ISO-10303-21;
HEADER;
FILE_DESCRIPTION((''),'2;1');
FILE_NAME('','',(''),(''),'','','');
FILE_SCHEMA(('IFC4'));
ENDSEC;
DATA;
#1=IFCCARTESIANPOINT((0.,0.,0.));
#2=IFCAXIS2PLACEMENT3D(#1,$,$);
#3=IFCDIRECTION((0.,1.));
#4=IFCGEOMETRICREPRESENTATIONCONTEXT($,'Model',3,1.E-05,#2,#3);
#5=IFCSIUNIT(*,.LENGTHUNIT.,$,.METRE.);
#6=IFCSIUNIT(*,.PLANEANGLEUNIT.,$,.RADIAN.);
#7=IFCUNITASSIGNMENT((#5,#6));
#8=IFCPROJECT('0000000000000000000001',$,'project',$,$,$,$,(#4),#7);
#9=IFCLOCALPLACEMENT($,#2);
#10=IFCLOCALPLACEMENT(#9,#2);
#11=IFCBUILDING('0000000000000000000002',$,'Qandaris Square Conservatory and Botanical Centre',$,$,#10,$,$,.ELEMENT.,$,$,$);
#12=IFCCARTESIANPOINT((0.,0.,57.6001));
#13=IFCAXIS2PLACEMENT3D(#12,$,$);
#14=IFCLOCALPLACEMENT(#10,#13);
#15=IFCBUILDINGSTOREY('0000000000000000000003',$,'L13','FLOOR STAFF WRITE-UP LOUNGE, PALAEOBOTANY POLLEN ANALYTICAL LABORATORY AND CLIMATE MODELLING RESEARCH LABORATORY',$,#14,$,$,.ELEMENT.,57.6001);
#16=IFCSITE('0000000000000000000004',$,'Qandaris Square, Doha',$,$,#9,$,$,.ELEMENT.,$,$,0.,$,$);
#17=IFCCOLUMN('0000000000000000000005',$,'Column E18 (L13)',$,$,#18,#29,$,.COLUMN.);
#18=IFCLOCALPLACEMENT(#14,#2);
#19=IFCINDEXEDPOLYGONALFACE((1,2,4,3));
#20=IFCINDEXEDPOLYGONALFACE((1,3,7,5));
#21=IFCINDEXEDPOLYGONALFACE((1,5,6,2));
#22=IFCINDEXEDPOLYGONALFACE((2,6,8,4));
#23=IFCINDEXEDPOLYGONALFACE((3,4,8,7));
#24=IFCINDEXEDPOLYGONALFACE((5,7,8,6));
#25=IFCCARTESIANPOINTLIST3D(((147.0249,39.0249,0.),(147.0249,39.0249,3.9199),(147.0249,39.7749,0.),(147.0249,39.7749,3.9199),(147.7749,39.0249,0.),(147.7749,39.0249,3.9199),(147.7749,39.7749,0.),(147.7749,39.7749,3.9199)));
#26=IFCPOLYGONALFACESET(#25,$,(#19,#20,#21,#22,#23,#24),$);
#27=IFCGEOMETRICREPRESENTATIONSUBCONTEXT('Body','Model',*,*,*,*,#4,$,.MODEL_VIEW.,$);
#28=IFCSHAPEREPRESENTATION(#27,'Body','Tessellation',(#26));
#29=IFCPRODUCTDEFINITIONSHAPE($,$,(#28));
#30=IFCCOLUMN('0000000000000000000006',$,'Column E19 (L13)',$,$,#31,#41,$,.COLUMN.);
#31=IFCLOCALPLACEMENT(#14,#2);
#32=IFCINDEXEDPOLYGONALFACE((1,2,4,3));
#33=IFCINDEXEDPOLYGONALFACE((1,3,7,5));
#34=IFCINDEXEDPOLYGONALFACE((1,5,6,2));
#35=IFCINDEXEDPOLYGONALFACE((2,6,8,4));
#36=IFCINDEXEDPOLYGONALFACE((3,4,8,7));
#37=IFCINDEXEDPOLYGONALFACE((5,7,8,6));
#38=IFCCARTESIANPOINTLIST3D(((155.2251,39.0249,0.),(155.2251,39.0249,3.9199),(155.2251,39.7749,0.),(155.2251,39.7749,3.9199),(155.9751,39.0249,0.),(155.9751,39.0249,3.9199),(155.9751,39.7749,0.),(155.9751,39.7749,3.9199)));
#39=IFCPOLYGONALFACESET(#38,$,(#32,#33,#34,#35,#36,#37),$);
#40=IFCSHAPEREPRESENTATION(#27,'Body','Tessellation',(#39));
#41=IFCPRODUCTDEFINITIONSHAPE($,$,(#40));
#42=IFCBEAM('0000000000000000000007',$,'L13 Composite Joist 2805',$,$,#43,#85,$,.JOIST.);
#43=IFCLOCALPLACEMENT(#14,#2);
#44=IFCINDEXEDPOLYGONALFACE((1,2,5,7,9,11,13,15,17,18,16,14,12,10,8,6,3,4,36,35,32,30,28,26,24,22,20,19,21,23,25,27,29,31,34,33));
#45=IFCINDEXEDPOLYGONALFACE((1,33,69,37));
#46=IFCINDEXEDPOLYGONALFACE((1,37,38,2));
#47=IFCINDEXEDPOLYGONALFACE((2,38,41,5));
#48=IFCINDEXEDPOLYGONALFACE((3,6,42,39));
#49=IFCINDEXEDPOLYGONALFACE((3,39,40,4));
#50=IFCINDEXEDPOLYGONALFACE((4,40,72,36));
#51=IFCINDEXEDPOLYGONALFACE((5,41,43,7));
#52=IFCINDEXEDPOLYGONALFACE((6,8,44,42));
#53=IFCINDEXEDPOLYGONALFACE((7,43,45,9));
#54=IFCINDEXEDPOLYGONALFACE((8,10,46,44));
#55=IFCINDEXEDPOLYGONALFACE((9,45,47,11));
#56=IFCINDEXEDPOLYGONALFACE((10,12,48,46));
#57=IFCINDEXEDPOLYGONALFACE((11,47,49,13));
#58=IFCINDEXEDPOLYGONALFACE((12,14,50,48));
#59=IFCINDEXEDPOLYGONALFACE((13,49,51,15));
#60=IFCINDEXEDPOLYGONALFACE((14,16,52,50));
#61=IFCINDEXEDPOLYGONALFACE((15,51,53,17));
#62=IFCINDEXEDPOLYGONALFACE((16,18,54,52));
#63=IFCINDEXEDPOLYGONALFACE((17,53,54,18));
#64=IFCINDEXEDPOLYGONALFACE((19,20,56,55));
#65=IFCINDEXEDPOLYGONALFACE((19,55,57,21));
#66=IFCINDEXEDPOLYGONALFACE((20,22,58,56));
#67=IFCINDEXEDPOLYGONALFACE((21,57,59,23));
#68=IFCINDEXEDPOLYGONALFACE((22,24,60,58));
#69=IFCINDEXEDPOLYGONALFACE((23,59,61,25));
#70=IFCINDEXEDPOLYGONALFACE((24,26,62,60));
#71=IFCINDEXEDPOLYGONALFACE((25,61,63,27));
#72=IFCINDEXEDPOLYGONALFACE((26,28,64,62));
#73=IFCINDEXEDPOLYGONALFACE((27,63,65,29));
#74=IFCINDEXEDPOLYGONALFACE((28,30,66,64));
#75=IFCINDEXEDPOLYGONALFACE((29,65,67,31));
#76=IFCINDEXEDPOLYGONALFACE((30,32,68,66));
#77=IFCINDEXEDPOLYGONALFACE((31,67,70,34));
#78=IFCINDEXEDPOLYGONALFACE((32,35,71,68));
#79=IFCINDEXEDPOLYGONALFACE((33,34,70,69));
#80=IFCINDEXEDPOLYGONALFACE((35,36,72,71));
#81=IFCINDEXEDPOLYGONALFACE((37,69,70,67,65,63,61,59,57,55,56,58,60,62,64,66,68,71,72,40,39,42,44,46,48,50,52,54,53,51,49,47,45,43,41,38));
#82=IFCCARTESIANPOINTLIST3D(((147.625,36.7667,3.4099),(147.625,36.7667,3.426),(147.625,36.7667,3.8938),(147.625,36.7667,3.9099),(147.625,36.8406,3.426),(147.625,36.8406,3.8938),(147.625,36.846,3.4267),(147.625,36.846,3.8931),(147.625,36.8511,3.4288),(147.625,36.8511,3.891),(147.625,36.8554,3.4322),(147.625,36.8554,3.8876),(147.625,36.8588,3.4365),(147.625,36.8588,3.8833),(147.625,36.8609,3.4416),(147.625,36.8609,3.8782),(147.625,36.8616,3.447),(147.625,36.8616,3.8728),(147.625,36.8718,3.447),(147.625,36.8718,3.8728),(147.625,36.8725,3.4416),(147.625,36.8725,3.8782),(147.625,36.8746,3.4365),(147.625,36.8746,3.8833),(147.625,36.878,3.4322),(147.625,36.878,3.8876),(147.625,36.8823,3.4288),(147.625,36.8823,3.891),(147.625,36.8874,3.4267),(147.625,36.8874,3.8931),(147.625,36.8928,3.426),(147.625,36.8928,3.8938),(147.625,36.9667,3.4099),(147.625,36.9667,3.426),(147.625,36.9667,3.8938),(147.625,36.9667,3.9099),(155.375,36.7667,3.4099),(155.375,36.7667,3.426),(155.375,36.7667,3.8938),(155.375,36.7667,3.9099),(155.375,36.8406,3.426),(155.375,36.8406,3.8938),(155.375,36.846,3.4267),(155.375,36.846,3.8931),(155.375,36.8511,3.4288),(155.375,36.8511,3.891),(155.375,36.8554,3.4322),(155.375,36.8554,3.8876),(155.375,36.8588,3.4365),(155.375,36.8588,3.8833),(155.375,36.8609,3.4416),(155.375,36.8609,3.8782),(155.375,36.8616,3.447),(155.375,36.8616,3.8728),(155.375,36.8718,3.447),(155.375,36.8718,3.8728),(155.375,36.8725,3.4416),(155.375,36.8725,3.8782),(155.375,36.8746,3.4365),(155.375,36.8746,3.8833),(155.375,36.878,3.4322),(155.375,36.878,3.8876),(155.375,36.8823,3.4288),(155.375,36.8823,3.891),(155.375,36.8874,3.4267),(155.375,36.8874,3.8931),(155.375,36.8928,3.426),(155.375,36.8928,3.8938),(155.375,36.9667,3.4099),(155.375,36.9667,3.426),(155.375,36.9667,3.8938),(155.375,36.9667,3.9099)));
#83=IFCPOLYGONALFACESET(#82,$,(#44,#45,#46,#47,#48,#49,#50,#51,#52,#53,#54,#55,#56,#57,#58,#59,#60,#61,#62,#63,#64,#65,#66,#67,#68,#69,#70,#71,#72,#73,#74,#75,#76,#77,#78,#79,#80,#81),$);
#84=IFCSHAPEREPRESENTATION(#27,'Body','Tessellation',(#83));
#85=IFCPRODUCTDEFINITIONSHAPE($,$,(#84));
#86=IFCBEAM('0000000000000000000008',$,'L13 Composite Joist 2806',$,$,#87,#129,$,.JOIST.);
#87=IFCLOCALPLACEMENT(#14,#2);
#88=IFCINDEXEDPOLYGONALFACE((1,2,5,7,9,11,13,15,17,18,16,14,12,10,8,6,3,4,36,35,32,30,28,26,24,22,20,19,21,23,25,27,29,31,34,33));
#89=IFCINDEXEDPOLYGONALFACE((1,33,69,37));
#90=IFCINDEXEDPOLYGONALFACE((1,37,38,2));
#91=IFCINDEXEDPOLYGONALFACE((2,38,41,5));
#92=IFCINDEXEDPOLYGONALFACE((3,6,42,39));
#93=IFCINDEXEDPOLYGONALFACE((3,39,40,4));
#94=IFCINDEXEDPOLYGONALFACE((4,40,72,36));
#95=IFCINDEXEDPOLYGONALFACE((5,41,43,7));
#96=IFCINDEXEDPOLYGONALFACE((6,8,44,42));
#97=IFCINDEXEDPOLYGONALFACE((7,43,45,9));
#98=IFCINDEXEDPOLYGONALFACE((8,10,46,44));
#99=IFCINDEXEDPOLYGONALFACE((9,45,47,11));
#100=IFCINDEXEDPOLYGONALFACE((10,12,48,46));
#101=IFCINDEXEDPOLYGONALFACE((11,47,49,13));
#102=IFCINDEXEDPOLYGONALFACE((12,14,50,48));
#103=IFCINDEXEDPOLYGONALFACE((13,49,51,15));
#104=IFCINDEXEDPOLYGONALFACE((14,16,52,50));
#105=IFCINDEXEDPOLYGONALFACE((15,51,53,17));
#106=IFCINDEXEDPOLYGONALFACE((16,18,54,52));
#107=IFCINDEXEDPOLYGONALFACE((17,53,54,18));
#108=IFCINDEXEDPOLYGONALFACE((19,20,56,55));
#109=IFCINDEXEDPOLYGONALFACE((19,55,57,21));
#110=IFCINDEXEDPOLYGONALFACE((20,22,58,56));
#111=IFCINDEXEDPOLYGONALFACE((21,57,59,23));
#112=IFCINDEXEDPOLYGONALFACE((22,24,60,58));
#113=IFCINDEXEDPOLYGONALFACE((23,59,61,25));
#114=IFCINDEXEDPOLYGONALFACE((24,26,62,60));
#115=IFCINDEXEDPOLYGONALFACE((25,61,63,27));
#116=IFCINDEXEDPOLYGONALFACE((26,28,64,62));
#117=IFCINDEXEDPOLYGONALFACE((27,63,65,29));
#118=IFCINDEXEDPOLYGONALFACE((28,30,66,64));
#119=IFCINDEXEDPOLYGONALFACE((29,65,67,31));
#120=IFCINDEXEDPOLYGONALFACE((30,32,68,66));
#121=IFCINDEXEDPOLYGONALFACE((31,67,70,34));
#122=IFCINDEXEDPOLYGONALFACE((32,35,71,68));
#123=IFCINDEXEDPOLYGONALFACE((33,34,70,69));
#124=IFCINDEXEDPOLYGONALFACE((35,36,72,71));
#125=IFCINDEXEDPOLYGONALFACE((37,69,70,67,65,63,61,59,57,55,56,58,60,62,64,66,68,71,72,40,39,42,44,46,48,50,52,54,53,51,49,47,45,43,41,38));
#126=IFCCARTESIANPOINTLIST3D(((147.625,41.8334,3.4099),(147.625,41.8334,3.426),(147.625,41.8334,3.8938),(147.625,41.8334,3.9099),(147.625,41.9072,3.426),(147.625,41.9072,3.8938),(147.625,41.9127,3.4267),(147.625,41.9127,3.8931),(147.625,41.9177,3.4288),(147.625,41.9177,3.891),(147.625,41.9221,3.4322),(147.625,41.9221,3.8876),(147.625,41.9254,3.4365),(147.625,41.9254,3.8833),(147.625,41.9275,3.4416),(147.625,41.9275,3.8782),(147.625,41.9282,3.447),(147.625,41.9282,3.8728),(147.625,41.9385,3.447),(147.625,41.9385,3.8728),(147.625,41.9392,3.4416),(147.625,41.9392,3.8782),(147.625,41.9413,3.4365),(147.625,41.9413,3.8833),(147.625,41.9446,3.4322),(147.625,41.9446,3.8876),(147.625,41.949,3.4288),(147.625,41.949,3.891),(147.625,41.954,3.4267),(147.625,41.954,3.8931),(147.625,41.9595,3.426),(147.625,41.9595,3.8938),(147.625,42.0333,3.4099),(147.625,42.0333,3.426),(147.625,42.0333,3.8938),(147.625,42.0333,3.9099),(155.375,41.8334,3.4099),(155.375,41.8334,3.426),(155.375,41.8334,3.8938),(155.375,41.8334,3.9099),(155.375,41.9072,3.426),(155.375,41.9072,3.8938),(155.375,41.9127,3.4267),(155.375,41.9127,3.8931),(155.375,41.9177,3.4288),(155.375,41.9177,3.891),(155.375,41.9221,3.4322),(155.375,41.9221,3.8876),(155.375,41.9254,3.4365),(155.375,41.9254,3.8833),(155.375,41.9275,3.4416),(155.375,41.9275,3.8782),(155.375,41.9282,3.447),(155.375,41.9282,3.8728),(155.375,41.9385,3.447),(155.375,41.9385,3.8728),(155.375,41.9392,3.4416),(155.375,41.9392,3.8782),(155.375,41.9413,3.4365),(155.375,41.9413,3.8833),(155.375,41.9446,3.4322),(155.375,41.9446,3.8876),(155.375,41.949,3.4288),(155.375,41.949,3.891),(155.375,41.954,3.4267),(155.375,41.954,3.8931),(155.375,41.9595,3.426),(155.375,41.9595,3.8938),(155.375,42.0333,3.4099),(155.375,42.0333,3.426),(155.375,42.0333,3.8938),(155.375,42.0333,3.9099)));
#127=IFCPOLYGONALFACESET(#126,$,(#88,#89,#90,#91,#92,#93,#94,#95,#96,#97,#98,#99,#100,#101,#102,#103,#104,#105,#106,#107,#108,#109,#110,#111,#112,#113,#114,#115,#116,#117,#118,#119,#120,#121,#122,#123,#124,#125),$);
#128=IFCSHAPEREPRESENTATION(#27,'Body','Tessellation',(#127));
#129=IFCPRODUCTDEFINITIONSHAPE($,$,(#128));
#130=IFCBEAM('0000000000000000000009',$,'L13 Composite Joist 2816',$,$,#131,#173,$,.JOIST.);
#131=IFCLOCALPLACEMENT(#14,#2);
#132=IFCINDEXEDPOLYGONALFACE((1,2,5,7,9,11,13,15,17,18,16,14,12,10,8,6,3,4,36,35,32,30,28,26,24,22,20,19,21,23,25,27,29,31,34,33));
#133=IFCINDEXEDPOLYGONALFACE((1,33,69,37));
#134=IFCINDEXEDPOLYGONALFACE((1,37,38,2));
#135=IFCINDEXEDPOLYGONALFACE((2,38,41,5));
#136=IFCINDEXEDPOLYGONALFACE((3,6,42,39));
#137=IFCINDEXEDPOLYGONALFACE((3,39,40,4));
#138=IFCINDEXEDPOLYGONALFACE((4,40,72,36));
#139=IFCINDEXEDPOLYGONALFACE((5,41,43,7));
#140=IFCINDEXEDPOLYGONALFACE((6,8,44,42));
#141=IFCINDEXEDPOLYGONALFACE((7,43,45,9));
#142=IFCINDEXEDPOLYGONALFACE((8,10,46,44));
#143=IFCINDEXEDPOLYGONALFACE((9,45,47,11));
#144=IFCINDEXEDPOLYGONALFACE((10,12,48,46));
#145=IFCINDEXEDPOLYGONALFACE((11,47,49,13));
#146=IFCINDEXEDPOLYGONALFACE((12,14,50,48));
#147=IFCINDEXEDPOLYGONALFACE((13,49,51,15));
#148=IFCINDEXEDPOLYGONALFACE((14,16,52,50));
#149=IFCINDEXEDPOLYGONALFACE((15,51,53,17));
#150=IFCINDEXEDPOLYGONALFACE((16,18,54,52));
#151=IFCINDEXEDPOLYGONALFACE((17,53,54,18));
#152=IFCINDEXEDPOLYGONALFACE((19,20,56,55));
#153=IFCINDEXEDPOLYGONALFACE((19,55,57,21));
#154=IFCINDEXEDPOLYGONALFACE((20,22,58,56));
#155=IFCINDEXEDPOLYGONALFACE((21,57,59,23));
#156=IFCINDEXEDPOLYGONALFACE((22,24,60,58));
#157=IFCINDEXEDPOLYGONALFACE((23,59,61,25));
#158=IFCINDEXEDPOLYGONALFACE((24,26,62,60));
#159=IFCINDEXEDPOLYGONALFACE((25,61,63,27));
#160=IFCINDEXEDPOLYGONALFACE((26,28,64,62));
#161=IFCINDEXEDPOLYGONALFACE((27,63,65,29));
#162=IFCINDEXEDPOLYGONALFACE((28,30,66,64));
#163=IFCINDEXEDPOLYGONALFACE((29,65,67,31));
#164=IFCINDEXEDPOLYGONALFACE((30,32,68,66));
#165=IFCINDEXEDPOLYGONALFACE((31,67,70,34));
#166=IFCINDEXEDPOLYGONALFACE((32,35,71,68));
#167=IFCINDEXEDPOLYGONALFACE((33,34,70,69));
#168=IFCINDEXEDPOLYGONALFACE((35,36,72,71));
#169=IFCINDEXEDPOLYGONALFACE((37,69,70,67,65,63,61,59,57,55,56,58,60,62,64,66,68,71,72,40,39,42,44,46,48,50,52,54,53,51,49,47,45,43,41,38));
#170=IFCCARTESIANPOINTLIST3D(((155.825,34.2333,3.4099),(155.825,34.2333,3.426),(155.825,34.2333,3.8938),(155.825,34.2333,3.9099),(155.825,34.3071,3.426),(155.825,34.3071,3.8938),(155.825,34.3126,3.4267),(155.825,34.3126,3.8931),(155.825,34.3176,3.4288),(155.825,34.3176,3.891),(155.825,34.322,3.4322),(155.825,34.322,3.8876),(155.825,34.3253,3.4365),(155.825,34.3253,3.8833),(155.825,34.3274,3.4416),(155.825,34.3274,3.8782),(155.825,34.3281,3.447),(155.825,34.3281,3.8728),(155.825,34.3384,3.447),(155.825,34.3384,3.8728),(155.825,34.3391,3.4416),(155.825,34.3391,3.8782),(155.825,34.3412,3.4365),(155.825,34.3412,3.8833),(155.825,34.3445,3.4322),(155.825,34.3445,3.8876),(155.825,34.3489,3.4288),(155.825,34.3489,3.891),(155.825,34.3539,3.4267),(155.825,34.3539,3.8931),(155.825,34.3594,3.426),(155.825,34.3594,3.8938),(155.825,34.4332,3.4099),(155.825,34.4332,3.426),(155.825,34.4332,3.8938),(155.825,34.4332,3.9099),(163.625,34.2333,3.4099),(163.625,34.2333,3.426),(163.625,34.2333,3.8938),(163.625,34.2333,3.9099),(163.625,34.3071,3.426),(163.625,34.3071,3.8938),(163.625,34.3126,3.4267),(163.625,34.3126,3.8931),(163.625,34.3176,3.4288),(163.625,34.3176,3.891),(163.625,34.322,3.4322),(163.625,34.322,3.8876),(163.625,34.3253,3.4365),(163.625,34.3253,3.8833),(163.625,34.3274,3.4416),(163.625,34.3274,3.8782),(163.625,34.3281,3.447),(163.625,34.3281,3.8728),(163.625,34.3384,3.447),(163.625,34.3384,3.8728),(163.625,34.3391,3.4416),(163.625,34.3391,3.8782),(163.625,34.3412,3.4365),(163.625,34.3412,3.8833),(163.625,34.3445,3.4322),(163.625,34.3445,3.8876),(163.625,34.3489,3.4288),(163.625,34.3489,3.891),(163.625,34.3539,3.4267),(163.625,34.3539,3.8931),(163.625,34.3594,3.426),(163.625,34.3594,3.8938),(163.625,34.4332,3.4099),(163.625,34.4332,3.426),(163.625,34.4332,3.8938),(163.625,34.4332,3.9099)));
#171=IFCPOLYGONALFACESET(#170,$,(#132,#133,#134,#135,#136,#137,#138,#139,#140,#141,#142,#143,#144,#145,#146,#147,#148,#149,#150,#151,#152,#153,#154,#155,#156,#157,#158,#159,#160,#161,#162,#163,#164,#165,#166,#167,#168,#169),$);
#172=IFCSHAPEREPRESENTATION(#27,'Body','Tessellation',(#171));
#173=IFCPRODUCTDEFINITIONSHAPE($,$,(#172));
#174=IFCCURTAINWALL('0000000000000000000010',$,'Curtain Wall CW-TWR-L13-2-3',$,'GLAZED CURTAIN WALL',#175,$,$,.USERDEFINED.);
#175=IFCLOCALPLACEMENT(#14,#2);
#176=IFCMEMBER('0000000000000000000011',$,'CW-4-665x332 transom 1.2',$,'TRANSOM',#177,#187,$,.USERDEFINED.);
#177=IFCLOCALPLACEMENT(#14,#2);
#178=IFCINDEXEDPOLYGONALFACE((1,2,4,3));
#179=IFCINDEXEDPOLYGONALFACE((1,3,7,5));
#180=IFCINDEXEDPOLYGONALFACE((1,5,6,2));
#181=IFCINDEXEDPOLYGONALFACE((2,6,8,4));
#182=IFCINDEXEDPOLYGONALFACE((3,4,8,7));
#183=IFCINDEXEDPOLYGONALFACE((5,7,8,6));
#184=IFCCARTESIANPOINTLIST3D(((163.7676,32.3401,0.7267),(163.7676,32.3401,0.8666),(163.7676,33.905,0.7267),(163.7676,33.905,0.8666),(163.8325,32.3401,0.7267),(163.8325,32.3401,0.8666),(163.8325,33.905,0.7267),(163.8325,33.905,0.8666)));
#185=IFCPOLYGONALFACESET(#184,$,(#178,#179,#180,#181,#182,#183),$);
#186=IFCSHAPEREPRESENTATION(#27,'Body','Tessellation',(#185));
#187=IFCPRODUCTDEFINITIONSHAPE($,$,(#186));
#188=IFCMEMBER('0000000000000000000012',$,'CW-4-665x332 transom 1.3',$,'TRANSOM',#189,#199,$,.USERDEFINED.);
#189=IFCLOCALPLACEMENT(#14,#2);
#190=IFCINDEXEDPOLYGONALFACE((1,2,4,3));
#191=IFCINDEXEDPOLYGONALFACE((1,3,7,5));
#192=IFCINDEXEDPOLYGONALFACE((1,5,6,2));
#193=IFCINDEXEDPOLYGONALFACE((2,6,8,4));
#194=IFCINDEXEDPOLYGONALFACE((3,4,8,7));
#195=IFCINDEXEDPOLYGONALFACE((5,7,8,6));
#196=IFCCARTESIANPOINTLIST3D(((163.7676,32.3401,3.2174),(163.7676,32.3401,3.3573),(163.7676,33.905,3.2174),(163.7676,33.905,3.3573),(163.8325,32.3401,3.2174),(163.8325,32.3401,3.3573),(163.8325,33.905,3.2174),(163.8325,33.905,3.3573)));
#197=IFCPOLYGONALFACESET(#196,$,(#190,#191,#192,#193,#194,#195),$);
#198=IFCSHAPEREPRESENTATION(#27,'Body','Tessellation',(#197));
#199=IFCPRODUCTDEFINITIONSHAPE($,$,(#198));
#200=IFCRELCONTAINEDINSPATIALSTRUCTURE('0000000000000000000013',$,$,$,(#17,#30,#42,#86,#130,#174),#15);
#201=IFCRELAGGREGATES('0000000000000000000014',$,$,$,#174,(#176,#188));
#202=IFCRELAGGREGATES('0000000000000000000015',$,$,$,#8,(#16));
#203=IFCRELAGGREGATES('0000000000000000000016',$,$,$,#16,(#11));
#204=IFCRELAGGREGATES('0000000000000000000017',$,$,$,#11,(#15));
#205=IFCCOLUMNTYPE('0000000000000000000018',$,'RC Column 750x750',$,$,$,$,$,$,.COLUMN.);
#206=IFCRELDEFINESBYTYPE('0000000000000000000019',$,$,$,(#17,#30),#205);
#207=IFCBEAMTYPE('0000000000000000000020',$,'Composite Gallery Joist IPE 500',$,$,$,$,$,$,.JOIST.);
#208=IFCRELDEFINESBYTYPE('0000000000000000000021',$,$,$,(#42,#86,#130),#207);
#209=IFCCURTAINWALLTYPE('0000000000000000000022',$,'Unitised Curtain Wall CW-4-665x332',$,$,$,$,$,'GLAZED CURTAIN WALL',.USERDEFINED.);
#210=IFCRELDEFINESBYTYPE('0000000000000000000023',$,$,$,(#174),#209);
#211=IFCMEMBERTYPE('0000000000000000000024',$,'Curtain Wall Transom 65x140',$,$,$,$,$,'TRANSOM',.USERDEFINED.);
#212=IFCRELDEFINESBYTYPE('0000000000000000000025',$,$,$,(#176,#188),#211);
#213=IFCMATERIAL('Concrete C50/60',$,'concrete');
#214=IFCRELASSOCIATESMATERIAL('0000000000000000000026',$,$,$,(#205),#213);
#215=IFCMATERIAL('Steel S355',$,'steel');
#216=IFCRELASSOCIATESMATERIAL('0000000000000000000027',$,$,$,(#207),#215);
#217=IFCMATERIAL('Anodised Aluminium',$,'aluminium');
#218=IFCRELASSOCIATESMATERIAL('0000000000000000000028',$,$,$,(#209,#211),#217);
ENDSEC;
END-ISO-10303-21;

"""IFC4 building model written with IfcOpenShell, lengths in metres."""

from ifc_helpers import new_model, si_unit, direction, frame, origin, origin_2d, place, context, subcontext, project, spatial, rectangle, i_section, extrude, material, material_profile, profile_set, type_object, element, aggregate, save


model = new_model("IFC4")

# Units and contexts
model_context = context("Model", 3, precision=1e-05, world=origin(), true_north=direction((0.0, 1.0)))
body_context = subcontext(model_context, "Body", "Model", "MODEL_VIEW")
ifc_project = project(units=[si_unit("LENGTHUNIT", "METRE"), si_unit("PLANEANGLEUNIT", "RADIAN")], contexts=[model_context])

# Site, building, storey
site_placement = place(None, origin())
site = spatial("IfcSite", under=ifc_project, at=site_placement, Name="Qandaris Square, Doha", CompositionType="ELEMENT", RefElevation=0.0)
building_placement = place(site_placement, origin())
building = spatial("IfcBuilding", under=site, at=building_placement, Name="Qandaris Square Conservatory and Botanical Centre", CompositionType="ELEMENT")
storey_placement = place(building_placement, frame((0.0, 0.0, 57.6001)))
storey = spatial("IfcBuildingStorey", under=building, at=storey_placement, Name="L13", Description="FLOOR STAFF WRITE-UP LOUNGE, PALAEOBOTANY POLLEN ANALYTICAL LABORATORY AND CLIMATE MODELLING RESEARCH LABORATORY", CompositionType="ELEMENT", Elevation=57.6001)

# Columns
ifc_material_1 = material(Name="Concrete C50/60", Category="concrete")
ifc_material_profile_1 = material_profile(ifc_material_1, rectangle(XDim=0.75, YDim=0.75, at=origin_2d()), Name="RC-COL 750x750")
ifc_profile_set_1 = profile_set([ifc_material_profile_1], Name="Concrete C50/60")
column_type = type_object("IfcColumnType", Name="RC Column 750x750", PredefinedType="COLUMN", material=ifc_profile_set_1)
for number, where, z_axis, x_axis, name in (
    (1, (147.3999, 39.3999, 0.0), (0.0, 0.0, 1.0), (1.0, 0.0, 0.0), "Column E18 (L13)"),
    (2, (155.6001, 39.3999, 0.0), (0.0, 0.0, 1.0), (1.0, 0.0, 0.0), "Column E19 (L13)"),
):
    element("IfcColumn", number, at=place(storey_placement, frame(where, z_axis=z_axis, x_axis=x_axis)), inside=storey, type_object=column_type, Name=name, PredefinedType="COLUMN", context=body_context, shape_type="SweptSolid", body=[
        extrude(rectangle(XDim=0.75, YDim=0.75, at=origin_2d()), origin(), (0.0, 0.0, 1.0), 3.9199),
    ])

# Beams
ifc_material_2 = material(Name="Steel S355", Category="steel")
ifc_material_profile_2 = material_profile(ifc_material_2, i_section(OverallWidth=0.2, OverallDepth=0.5, WebThickness=0.0103, FlangeThickness=0.0161, FilletRadius=0.021, at=origin_2d()), Name="IPE 500")
ifc_profile_set_2 = profile_set([ifc_material_profile_2], Name="Steel S355")
beam_type_1 = type_object("IfcBeamType", Name="Composite Gallery Joist IPE 500", PredefinedType="JOIST", material=ifc_profile_set_2)
for number, where, z_axis, x_axis, name in (
    (3, (147.625, 36.8667, 3.6599), (1.0, 0.0, 0.0), (0.0, 1.0, 0.0), "L13 Composite Joist 2805"),
    (4, (147.625, 41.9333, 3.6599), (1.0, 0.0, 0.0), (0.0, 1.0, 0.0), "L13 Composite Joist 2806"),
):
    element("IfcBeam", number, at=place(storey_placement, frame(where, z_axis=z_axis, x_axis=x_axis)), inside=storey, type_object=beam_type_1, Name=name, PredefinedType="JOIST", context=body_context, shape_type="SweptSolid", body=[
        extrude(i_section(OverallWidth=0.2, OverallDepth=0.5, WebThickness=0.0103, FlangeThickness=0.0161, FilletRadius=0.021, at=origin_2d()), origin(), (0.0, 0.0, 1.0), 7.75),
    ])
beam_1_placement = place(storey_placement, frame((155.825, 34.3333, 3.6599), z_axis=(1.0, 0.0, 0.0), x_axis=(0.0, 1.0, 0.0)))
element("IfcBeam", 5, at=beam_1_placement, inside=storey, type_object=beam_type_1, Name="L13 Composite Joist 2816", PredefinedType="JOIST", context=body_context, shape_type="SweptSolid", body=[
    extrude(i_section(OverallWidth=0.2, OverallDepth=0.5, WebThickness=0.0103, FlangeThickness=0.0161, FilletRadius=0.021, at=origin_2d()), origin(), (0.0, 0.0, 1.0), 7.8),
])

# Curtain wall, members
ifc_material_3 = material(Name="Anodised Aluminium", Category="aluminium")
curtain_wall_type = type_object("IfcCurtainWallType", Name="Unitised Curtain Wall CW-4-665x332", ElementType="GLAZED CURTAIN WALL", PredefinedType="USERDEFINED", material=ifc_material_3)
curtain_wall_placement = place(storey_placement, origin())
curtain_wall = element("IfcCurtainWall", 6, at=curtain_wall_placement, inside=storey, type_object=curtain_wall_type, Name="Curtain Wall CW-TWR-L13-2-3", ObjectType="GLAZED CURTAIN WALL", PredefinedType="USERDEFINED")
ifc_material_profile_3 = material_profile(ifc_material_3, rectangle(XDim=0.0649, YDim=0.1399, at=origin_2d()), Name="ALU-TRN 65x140")
ifc_profile_set_3 = profile_set([ifc_material_profile_3], Name="Anodised Aluminium")
member_type = type_object("IfcMemberType", Name="Curtain Wall Transom 65x140", ElementType="TRANSOM", PredefinedType="USERDEFINED", material=ifc_profile_set_3)
member_1_placement = place(storey_placement, frame((163.8, 32.3401, 0.7966), z_axis=(0.0, 1.0, 0.0), x_axis=(-1.0, 0.0, 0.0)))
member_1 = element("IfcMember", 7, at=member_1_placement, type_object=member_type, Name="CW-4-665x332 transom 1.2", ObjectType="TRANSOM", PredefinedType="USERDEFINED", context=body_context, shape_type="SweptSolid", body=[
    extrude(rectangle(XDim=0.0649, YDim=0.1399, at=origin_2d()), origin(), (0.0, 0.0, 1.0), 1.5649),
])
member_2_placement = place(storey_placement, frame((163.8, 32.3401, 3.2874), z_axis=(0.0, 1.0, 0.0), x_axis=(-1.0, 0.0, 0.0)))
member_2 = element("IfcMember", 8, at=member_2_placement, type_object=member_type, Name="CW-4-665x332 transom 1.3", ObjectType="TRANSOM", PredefinedType="USERDEFINED", context=body_context, shape_type="SweptSolid", body=[
    extrude(rectangle(XDim=0.0649, YDim=0.1399, at=origin_2d()), origin(), (0.0, 0.0, 1.0), 1.5649),
])

aggregate(curtain_wall, [member_1, member_2])

save(model, "model.ifc")
